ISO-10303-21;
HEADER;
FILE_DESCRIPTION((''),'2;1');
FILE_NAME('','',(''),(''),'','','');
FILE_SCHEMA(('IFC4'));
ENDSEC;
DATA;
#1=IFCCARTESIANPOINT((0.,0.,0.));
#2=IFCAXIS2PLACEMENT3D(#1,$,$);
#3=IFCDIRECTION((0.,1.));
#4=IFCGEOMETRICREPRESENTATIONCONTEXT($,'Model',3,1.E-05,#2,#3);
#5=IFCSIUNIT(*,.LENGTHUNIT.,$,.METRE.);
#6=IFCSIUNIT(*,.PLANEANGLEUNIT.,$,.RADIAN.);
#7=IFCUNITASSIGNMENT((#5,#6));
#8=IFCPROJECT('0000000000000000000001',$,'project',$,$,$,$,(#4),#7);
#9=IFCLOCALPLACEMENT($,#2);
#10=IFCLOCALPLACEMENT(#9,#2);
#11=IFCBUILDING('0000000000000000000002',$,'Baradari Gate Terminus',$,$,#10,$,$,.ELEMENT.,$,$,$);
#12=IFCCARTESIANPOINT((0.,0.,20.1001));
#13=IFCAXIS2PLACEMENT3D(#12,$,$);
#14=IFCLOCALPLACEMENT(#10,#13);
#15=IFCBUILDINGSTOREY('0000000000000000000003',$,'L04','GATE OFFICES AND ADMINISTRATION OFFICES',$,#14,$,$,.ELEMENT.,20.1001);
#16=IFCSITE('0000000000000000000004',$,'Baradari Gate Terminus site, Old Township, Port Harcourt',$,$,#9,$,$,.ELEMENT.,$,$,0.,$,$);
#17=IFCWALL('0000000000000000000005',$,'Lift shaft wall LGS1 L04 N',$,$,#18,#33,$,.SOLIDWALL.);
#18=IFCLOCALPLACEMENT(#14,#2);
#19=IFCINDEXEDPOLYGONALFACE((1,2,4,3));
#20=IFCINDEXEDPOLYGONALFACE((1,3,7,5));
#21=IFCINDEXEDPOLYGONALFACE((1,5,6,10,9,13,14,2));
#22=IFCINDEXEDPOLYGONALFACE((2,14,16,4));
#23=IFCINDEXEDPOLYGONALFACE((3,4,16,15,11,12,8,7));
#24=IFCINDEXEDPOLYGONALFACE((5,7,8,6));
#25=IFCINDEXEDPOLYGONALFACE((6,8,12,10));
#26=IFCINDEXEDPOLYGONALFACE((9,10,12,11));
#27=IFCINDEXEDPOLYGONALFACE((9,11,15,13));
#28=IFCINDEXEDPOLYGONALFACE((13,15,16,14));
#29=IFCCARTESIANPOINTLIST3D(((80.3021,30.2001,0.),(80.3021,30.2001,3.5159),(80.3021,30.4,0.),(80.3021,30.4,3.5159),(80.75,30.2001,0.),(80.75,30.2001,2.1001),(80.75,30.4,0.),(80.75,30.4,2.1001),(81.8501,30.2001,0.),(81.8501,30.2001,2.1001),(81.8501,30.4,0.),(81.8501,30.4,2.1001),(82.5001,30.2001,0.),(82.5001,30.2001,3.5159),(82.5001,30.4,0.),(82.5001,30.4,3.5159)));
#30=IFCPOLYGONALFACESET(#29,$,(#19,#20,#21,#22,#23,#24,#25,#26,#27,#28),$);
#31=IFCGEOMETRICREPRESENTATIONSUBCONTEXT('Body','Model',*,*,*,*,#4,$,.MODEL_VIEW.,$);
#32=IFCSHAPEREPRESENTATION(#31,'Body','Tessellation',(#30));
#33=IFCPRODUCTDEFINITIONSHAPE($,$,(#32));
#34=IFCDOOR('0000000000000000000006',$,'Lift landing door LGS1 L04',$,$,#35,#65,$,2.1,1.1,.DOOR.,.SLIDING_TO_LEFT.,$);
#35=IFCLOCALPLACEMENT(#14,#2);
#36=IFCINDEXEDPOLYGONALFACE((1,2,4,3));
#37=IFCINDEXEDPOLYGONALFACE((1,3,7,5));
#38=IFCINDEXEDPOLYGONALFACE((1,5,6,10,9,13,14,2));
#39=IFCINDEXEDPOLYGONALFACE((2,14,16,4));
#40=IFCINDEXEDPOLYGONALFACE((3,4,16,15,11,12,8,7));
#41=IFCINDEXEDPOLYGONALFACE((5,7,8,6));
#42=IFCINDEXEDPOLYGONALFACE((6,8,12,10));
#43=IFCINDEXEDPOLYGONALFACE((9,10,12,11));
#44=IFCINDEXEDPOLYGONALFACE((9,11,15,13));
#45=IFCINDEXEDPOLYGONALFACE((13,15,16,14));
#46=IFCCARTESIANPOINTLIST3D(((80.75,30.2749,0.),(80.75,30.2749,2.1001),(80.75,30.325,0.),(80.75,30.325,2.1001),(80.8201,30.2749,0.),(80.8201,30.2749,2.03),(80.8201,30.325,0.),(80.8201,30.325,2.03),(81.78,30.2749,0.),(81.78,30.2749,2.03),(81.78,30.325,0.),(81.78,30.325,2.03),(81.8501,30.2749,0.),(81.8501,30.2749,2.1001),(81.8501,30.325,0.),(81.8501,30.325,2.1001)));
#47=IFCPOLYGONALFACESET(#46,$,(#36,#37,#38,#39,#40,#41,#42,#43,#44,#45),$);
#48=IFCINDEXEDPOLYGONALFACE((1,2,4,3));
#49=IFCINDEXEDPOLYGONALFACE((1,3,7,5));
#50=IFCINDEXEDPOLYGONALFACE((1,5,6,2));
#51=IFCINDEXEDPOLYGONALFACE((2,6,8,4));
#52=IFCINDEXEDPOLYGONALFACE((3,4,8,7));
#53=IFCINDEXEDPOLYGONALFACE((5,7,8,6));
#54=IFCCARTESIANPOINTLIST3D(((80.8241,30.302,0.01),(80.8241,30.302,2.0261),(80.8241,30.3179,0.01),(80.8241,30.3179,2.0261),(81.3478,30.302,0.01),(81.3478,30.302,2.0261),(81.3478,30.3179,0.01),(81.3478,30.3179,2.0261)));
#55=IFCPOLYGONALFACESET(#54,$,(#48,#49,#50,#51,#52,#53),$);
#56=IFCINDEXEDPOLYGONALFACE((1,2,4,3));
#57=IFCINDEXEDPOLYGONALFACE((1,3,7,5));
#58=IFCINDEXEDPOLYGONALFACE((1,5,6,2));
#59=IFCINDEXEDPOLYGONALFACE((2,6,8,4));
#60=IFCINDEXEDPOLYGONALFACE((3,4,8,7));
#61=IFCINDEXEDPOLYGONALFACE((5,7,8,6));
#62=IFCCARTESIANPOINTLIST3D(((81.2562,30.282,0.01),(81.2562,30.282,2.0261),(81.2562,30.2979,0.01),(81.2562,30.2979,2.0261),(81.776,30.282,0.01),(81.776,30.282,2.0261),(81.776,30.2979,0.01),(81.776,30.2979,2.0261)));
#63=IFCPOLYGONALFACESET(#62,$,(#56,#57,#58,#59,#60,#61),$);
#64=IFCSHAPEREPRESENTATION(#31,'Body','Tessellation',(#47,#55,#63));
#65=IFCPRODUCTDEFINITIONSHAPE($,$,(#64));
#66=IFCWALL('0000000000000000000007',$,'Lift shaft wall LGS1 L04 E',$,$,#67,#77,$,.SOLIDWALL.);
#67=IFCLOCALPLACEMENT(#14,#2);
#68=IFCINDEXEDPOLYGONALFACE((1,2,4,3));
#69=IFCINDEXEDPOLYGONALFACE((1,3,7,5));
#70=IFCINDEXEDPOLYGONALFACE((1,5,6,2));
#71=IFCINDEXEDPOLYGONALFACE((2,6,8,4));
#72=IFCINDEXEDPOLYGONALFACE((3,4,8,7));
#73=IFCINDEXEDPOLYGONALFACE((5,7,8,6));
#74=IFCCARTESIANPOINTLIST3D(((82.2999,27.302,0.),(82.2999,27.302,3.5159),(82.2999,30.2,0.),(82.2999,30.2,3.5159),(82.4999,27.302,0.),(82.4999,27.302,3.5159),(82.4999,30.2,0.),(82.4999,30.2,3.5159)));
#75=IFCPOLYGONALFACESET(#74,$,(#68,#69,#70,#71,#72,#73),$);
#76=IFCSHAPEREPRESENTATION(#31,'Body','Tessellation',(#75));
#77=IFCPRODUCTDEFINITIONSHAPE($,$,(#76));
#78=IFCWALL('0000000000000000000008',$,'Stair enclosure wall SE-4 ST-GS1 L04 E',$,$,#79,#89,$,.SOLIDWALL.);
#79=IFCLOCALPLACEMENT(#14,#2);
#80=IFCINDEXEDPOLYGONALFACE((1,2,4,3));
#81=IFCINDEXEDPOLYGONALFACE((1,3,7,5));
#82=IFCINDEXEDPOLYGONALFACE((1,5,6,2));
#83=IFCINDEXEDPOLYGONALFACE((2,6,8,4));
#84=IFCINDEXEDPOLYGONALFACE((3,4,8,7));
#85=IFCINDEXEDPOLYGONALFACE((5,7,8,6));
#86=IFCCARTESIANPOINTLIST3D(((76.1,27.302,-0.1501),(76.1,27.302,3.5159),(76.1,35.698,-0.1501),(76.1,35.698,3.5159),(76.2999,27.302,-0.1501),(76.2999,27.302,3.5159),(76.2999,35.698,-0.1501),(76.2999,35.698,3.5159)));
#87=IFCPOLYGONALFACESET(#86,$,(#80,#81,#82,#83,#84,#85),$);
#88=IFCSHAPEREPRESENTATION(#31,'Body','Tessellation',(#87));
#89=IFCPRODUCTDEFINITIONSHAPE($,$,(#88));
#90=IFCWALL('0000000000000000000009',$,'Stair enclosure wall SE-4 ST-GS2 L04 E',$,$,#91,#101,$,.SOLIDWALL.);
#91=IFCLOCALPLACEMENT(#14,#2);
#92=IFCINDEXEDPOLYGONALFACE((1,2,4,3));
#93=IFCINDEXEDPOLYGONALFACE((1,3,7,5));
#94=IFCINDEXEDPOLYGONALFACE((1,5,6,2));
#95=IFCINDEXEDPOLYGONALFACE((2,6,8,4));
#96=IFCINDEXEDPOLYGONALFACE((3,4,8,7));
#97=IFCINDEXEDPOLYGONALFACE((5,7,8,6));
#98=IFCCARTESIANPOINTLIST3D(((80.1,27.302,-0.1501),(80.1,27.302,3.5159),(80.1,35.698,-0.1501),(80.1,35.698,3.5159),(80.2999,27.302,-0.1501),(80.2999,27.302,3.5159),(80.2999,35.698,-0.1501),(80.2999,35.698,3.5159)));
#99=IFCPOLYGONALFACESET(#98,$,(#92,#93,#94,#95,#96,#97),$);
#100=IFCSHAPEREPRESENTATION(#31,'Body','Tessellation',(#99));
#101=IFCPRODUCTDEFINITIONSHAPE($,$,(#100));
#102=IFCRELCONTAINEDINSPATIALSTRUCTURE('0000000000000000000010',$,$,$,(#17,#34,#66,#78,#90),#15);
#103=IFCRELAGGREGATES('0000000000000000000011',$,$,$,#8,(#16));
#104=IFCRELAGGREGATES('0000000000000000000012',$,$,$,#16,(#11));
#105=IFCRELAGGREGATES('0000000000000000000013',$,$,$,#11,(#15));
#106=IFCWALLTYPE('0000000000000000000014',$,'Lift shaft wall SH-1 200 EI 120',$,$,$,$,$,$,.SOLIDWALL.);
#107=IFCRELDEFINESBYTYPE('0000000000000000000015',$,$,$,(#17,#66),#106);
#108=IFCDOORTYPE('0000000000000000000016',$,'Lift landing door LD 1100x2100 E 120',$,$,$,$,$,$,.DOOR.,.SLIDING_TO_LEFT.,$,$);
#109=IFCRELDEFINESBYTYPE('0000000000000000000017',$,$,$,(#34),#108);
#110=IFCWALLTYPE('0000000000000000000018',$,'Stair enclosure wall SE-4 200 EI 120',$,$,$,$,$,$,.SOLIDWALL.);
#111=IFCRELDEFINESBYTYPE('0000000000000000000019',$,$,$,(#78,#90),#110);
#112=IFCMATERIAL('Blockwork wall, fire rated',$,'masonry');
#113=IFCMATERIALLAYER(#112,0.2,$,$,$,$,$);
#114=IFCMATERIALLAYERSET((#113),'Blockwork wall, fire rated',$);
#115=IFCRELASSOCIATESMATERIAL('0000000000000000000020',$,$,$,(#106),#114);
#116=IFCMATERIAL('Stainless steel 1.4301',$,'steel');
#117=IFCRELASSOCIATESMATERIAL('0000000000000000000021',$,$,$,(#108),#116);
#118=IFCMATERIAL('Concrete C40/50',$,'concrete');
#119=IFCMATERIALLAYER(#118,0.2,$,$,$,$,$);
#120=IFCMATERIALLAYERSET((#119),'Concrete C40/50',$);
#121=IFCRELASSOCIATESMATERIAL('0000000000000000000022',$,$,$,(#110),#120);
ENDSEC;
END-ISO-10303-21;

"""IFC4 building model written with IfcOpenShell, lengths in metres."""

from ifc_helpers import new_model, si_unit, direction, frame, frame_2d, origin, place, context, subcontext, project, spatial, polyline, rectangle, outline, extrude, material, layer, layer_set, type_object, element, fill, save


model = new_model("IFC4")

# Units and contexts
model_context = context("Model", 3, precision=1e-05, world=origin(), true_north=direction((0.0, 1.0)))
body_context = subcontext(model_context, "Body", "Model", "MODEL_VIEW")
ifc_project = project(units=[si_unit("LENGTHUNIT", "METRE"), si_unit("PLANEANGLEUNIT", "RADIAN")], contexts=[model_context])

# Site, building, storey
site_placement = place(None, origin())
site = spatial("IfcSite", under=ifc_project, at=site_placement, Name="Baradari Gate Terminus site, Old Township, Port Harcourt", CompositionType="ELEMENT", RefElevation=0.0)
building_placement = place(site_placement, origin())
building = spatial("IfcBuilding", under=site, at=building_placement, Name="Baradari Gate Terminus", CompositionType="ELEMENT")
storey_placement = place(building_placement, frame((0.0, 0.0, 20.1001)))
storey = spatial("IfcBuildingStorey", under=building, at=storey_placement, Name="L04", Description="GATE OFFICES AND ADMINISTRATION OFFICES", CompositionType="ELEMENT", Elevation=20.1001)

# Wall, opening, door
ifc_material_1 = material(Name="Blockwork wall, fire rated", Category="masonry")
ifc_layer_1 = layer(ifc_material_1, 0.2)
ifc_layer_set_1 = layer_set([ifc_layer_1], Name="Blockwork wall, fire rated")
wall_type_1 = type_object("IfcWallType", Name="Lift shaft wall SH-1 200 EI 120", PredefinedType="SOLIDWALL", material=ifc_layer_set_1)
wall_1_placement = place(storey_placement, frame((80.302, 30.3, 0.0), z_axis=(0.0, 0.0, 1.0), x_axis=(1.0, 0.0, 0.0)))
wall_1 = element("IfcWall", 1, at=wall_1_placement, inside=storey, type_object=wall_type_1, Name="Lift shaft wall LGS1 L04 N", PredefinedType="SOLIDWALL", context=body_context, shape_type="SweptSolid", body=[
    extrude(rectangle(XDim=2.198, YDim=0.2, at=frame_2d((1.0991, 0.0))), origin(), (0.0, 0.0, 1.0), 3.5159),
])
opening_placement = place(wall_1_placement, frame((0.448, 0.0, 0.0)))
opening = element("IfcOpeningElement", 2, at=opening_placement, cuts=wall_1, PredefinedType="OPENING", context=body_context, shape_type="SweptSolid", body=[
    extrude(rectangle(XDim=1.1001, YDim=2.1001, at=frame_2d((0.55, 1.05))), frame((0.0, 0.1099, 0.0), z_axis=(0.0, -1.0, 0.0), x_axis=(1.0, 0.0, 0.0)), (0.0, 0.0, 1.0), 0.22),
])
ifc_material_2 = material(Name="Stainless steel 1.4301", Category="steel")
door_type = type_object("IfcDoorType", Name="Lift landing door LD 1100x2100 E 120", OperationType="SLIDING_TO_LEFT", PredefinedType="DOOR", material=ifc_material_2)
door_placement = place(opening_placement, origin())
door = element("IfcDoor", 3, at=door_placement, inside=storey, type_object=door_type, Name="Lift landing door LGS1 L04", OperationType="SLIDING_TO_LEFT", OverallHeight=2.1, OverallWidth=1.1, PredefinedType="DOOR", context=body_context, shape_type="SweptSolid", body=[
    extrude(outline(polyline([(0.0, 0.0), (0.0701, 0.0), (0.0701, 2.03), (1.03, 2.03), (1.03, 0.0), (1.1001, 0.0), (1.1001, 2.1001), (0.0, 2.1001), (0.0, 0.0)])), frame((0.0, 0.0249, 0.0), z_axis=(0.0, -1.0, 0.0), x_axis=(1.0, 0.0, 0.0)), (0.0, 0.0, 1.0), 0.05),
    extrude(rectangle(XDim=0.5237, YDim=2.0161, at=frame_2d((0.3359, 1.0181))), frame((0.0, 0.0178, 0.0), z_axis=(0.0, -1.0, 0.0), x_axis=(1.0, 0.0, 0.0)), (0.0, 0.0, 1.0), 0.0159),
    extrude(rectangle(XDim=0.5198, YDim=2.0161, at=frame_2d((0.7661, 1.0181))), frame((0.0, -0.0022, 0.0), z_axis=(0.0, -1.0, 0.0), x_axis=(1.0, 0.0, 0.0)), (0.0, 0.0, 1.0), 0.0159),
])
fill(opening, door)

# Walls
wall_2_placement = place(storey_placement, frame((82.3999, 27.302, 0.0), z_axis=(0.0, 0.0, 1.0), x_axis=(0.0, 1.0, 0.0)))
element("IfcWall", 4, at=wall_2_placement, inside=storey, type_object=wall_type_1, Name="Lift shaft wall LGS1 L04 E", PredefinedType="SOLIDWALL", context=body_context, shape_type="SweptSolid", body=[
    extrude(rectangle(XDim=2.8979, YDim=0.2, at=frame_2d((1.449, 0.0))), origin(), (0.0, 0.0, 1.0), 3.5159),
])
ifc_material_3 = material(Name="Concrete C40/50", Category="concrete")
ifc_layer_2 = layer(ifc_material_3, 0.2)
ifc_layer_set_2 = layer_set([ifc_layer_2], Name="Concrete C40/50")
wall_type_2 = type_object("IfcWallType", Name="Stair enclosure wall SE-4 200 EI 120", PredefinedType="SOLIDWALL", material=ifc_layer_set_2)
for number, where, z_axis, x_axis, name in (
    (5, (76.2, 27.302, -0.1501), (0.0, 0.0, 1.0), (0.0, 1.0, 0.0), "Stair enclosure wall SE-4 ST-GS1 L04 E"),
    (6, (80.2, 27.302, -0.1501), (0.0, 0.0, 1.0), (0.0, 1.0, 0.0), "Stair enclosure wall SE-4 ST-GS2 L04 E"),
):
    element("IfcWall", number, at=place(storey_placement, frame(where, z_axis=z_axis, x_axis=x_axis)), inside=storey, type_object=wall_type_2, Name=name, PredefinedType="SOLIDWALL", context=body_context, shape_type="SweptSolid", body=[
        extrude(rectangle(XDim=8.396, YDim=0.2, at=frame_2d((4.198, 0.0))), origin(), (0.0, 0.0, 1.0), 3.666),
    ])

save(model, "model.ifc")
